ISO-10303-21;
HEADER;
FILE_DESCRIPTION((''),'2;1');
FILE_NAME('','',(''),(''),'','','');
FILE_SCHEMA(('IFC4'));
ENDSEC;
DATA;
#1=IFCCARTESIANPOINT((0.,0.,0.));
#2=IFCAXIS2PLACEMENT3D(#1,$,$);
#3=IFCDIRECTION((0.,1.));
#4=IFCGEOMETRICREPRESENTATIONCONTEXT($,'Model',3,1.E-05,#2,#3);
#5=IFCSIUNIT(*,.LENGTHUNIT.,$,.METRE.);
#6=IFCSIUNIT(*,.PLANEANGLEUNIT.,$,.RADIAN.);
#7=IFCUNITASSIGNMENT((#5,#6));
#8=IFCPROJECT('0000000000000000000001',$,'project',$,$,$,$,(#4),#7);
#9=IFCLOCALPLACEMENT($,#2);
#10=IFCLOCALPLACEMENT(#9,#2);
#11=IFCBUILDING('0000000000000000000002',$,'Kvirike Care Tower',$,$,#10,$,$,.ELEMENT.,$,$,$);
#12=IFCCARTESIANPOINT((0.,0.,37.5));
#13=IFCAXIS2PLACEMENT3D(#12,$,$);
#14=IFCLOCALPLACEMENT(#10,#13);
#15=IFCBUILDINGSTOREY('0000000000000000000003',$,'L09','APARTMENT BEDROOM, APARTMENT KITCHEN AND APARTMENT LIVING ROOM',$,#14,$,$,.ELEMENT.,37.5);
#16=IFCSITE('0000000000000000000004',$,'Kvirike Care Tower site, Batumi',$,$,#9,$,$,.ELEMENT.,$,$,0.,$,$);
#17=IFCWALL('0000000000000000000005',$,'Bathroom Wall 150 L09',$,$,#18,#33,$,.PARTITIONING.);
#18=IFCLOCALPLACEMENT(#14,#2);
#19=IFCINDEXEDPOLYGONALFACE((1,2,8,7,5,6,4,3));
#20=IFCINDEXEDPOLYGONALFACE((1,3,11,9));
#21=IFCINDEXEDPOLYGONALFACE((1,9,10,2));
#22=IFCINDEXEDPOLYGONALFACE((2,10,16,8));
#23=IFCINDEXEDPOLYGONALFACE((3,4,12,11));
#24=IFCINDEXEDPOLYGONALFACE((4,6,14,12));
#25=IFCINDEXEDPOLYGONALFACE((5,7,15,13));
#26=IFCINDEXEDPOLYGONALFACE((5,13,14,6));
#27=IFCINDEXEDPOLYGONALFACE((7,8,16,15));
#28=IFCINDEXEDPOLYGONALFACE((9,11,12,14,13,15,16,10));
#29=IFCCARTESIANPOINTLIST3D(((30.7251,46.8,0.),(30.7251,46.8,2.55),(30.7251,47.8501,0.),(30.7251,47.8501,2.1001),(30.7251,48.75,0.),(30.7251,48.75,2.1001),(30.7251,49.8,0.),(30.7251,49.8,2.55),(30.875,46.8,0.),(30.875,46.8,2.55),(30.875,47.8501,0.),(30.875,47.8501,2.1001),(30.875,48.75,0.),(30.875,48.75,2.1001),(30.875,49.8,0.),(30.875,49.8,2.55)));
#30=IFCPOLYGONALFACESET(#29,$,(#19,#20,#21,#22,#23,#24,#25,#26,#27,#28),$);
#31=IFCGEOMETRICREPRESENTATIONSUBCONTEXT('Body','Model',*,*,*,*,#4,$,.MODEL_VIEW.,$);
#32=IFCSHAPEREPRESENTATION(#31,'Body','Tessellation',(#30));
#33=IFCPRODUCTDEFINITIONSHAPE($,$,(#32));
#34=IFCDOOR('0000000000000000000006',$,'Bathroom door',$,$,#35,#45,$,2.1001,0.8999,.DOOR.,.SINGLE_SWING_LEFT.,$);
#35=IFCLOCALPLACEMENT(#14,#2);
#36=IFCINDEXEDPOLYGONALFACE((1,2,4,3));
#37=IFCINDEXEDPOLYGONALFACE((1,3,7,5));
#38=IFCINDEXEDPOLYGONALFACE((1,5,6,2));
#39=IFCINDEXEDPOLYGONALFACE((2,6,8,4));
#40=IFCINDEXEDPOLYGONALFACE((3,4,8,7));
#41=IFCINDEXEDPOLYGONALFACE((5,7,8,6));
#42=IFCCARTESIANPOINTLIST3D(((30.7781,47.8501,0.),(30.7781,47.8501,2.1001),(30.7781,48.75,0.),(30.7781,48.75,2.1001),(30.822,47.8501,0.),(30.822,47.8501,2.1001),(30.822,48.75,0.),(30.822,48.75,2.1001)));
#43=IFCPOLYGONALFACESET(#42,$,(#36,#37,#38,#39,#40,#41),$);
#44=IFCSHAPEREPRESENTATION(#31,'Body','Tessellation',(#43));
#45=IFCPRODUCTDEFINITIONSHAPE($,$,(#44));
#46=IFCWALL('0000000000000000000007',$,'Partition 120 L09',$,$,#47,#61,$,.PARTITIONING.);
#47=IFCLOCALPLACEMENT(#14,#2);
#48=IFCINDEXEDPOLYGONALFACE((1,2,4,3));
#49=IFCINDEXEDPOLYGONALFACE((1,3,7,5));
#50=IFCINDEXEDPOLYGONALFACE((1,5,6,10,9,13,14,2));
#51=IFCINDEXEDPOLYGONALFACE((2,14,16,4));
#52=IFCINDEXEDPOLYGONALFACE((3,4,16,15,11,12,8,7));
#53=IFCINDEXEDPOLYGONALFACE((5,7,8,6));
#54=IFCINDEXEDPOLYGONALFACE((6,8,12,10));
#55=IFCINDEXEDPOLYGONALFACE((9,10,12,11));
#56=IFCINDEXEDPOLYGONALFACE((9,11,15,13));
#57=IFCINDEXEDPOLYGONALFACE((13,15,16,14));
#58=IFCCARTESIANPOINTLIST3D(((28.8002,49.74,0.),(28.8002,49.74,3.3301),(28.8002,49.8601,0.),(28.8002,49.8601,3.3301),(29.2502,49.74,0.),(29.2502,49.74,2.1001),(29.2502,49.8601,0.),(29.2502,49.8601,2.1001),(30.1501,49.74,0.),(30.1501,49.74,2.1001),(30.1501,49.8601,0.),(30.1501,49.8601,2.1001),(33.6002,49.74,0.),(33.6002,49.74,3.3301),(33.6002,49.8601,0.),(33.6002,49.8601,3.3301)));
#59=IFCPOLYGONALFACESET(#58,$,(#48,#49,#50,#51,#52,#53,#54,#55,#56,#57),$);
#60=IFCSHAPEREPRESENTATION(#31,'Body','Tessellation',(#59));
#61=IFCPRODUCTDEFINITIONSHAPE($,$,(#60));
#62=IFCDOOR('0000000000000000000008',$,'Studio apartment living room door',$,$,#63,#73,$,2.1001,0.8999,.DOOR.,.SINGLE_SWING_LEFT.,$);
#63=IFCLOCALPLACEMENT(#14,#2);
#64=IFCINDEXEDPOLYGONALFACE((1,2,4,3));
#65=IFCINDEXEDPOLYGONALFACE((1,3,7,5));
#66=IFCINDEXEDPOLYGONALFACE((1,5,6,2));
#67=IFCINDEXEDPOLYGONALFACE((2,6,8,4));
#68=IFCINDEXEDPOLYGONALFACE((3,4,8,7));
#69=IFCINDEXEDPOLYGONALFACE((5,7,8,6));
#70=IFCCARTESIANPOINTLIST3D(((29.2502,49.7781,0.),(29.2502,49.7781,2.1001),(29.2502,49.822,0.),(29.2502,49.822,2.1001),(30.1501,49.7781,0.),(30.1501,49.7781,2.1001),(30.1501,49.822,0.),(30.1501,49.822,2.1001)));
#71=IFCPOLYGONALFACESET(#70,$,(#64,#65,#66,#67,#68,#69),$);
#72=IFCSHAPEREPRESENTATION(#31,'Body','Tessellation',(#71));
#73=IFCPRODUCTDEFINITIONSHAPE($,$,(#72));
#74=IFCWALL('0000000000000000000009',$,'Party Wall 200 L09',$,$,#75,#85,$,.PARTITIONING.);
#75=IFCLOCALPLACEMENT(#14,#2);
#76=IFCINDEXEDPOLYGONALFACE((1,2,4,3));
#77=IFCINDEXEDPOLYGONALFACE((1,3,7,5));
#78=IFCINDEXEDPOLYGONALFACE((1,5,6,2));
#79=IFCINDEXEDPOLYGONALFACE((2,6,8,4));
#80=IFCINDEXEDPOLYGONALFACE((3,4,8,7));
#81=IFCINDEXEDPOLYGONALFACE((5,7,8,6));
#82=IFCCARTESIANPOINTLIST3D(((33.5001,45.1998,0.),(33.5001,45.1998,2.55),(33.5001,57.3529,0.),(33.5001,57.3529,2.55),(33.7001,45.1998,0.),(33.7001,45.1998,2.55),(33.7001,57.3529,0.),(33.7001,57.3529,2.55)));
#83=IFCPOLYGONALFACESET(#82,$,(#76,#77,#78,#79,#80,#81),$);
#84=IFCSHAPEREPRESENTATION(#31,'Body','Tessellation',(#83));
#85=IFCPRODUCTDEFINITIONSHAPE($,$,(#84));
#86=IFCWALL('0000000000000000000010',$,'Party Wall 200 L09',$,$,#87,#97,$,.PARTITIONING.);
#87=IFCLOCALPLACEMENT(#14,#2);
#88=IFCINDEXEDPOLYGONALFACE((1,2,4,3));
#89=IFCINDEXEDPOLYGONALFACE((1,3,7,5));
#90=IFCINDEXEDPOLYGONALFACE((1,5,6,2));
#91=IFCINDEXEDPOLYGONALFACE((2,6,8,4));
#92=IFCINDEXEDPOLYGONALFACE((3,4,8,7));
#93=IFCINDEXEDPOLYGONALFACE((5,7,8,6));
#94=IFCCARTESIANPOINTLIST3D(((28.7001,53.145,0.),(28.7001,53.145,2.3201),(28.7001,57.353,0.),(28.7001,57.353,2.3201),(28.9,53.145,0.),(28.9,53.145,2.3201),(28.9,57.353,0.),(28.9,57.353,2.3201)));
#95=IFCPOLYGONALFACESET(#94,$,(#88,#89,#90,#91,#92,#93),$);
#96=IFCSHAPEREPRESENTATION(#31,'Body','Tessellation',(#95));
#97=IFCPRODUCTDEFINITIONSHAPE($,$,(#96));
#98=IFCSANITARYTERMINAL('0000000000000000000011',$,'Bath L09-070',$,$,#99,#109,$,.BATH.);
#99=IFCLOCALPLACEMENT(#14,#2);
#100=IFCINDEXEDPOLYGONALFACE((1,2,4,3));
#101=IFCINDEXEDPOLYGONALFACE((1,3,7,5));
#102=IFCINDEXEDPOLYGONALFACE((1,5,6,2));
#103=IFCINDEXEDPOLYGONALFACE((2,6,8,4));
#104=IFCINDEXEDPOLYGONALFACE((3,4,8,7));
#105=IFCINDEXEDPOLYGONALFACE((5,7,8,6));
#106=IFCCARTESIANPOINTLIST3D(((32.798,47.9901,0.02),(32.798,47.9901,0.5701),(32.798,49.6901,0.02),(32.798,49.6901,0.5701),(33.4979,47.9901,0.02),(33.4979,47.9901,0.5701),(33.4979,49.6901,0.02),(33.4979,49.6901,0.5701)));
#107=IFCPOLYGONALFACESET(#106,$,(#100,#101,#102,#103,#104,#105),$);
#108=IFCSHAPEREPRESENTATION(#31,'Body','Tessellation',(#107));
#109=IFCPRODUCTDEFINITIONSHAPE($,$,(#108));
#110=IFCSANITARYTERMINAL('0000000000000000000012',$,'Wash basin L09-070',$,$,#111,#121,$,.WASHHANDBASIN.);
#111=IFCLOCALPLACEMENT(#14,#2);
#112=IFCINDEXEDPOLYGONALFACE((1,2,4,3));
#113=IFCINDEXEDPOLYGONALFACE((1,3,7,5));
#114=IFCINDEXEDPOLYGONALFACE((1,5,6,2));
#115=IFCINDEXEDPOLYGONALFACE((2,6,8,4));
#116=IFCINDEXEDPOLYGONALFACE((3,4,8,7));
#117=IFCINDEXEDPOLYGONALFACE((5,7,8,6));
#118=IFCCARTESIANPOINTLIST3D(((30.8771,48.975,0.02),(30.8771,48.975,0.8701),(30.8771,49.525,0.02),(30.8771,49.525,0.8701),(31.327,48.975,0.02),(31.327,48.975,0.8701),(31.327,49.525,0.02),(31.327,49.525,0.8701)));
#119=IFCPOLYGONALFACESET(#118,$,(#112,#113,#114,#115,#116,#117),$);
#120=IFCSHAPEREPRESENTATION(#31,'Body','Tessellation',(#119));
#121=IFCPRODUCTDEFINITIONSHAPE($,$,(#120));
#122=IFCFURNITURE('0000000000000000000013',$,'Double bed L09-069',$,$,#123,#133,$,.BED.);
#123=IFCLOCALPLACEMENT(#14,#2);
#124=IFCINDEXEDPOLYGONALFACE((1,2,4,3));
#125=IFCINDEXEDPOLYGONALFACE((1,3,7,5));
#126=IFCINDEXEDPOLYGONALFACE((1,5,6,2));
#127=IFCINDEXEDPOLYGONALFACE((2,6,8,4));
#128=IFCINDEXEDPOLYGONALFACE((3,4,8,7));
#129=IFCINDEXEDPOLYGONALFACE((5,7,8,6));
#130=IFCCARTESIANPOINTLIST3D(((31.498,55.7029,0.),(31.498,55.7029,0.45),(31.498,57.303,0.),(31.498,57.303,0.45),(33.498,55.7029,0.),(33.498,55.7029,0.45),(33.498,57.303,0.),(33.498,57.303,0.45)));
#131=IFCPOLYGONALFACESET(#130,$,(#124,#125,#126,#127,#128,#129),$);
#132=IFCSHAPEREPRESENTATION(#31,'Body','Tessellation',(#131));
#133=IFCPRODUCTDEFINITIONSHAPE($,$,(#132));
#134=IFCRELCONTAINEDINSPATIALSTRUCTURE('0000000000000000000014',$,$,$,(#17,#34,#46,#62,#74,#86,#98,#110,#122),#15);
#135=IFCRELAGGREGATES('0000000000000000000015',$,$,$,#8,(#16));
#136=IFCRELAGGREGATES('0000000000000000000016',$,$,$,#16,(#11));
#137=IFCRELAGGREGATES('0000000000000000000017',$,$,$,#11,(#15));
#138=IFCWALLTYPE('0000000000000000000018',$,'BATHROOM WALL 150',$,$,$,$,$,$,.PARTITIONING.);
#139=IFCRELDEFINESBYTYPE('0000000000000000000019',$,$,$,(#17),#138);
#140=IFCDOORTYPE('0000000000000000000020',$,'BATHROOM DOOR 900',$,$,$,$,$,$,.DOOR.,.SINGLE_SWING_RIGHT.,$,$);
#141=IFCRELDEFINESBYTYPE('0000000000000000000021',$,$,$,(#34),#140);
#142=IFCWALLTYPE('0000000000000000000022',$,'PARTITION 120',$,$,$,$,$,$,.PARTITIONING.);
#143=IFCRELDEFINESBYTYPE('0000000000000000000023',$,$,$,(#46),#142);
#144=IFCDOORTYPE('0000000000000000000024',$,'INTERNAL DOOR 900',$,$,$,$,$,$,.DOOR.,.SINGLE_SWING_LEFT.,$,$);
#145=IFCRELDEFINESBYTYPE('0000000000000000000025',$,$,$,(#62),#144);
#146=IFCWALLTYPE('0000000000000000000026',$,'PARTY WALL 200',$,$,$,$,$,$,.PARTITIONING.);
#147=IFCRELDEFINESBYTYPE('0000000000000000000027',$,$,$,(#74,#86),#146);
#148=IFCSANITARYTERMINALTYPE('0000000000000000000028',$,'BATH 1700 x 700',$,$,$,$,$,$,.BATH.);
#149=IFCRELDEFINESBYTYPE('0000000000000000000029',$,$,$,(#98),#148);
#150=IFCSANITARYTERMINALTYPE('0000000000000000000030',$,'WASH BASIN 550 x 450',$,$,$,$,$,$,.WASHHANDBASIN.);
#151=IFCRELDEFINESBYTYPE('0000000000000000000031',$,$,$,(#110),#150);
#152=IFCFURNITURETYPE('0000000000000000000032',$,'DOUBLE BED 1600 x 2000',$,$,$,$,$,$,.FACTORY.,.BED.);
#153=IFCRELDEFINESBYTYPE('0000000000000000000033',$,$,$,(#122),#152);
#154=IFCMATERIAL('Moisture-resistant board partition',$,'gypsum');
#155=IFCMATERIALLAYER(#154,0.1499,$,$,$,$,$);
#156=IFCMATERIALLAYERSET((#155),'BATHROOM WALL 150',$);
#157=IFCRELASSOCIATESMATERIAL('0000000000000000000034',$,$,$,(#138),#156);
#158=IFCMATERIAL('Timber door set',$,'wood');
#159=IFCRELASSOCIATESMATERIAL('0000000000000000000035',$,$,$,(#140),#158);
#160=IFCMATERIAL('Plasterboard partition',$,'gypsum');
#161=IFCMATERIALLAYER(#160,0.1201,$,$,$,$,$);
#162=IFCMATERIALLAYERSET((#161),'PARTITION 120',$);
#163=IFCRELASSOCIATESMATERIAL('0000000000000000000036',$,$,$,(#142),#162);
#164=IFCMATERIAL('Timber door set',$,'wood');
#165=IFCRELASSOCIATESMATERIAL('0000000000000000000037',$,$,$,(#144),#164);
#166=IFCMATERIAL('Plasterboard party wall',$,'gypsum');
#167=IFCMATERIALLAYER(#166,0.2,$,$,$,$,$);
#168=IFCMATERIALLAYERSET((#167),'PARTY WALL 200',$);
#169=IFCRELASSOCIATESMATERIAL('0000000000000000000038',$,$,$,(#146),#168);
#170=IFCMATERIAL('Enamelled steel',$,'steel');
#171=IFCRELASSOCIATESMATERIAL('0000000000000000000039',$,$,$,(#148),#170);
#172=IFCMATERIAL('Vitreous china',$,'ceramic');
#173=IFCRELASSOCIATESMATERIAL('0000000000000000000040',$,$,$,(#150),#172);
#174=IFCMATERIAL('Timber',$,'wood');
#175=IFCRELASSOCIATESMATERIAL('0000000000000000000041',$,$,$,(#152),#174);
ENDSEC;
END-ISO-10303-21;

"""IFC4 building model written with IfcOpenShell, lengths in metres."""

from ifc_helpers import new_model, si_unit, direction, frame, frame_2d, origin, origin_2d, place, context, subcontext, project, spatial, rectangle, extrude, material, layer, layer_set, type_object, element, fill, save


model = new_model("IFC4")

# Units and contexts
model_context = context("Model", 3, precision=1e-05, world=origin(), true_north=direction((0.0, 1.0)))
body_context = subcontext(model_context, "Body", "Model", "MODEL_VIEW")
ifc_project = project(units=[si_unit("LENGTHUNIT", "METRE"), si_unit("PLANEANGLEUNIT", "RADIAN")], contexts=[model_context])

# Site, building, storey
site_placement = place(None, origin())
site = spatial("IfcSite", under=ifc_project, at=site_placement, Name="Kvirike Care Tower site, Batumi", CompositionType="ELEMENT", RefElevation=0.0)
building_placement = place(site_placement, origin())
building = spatial("IfcBuilding", under=site, at=building_placement, Name="Kvirike Care Tower", CompositionType="ELEMENT")
storey_placement = place(building_placement, frame((0.0, 0.0, 37.5)))
storey = spatial("IfcBuildingStorey", under=building, at=storey_placement, Name="L09", Description="APARTMENT BEDROOM, APARTMENT KITCHEN AND APARTMENT LIVING ROOM", CompositionType="ELEMENT", Elevation=37.5)

# Walls, openings, doors
ifc_material_1 = material(Name="Moisture-resistant board partition", Category="gypsum")
ifc_layer_1 = layer(ifc_material_1, 0.1499)
ifc_layer_set_1 = layer_set([ifc_layer_1], Name="BATHROOM WALL 150")
wall_type_1 = type_object("IfcWallType", Name="BATHROOM WALL 150", PredefinedType="PARTITIONING", material=ifc_layer_set_1)
wall_1_placement = place(storey_placement, frame((30.8, 49.8, 0.0), z_axis=(0.0, 0.0, 1.0), x_axis=(0.0, -1.0, 0.0)))
wall_1 = element("IfcWall", 1, at=wall_1_placement, inside=storey, type_object=wall_type_1, Name="Bathroom Wall 150 L09", PredefinedType="PARTITIONING", context=body_context, shape_type="SweptSolid", body=[
    extrude(rectangle(XDim=3.0, YDim=0.1499, at=frame_2d((1.5, 0.0))), origin(), (0.0, 0.0, 1.0), 2.55),
])
opening_1_placement = place(wall_1_placement, frame((1.05, 0.0, 0.0)))
opening_1 = element("IfcOpeningElement", 2, at=opening_1_placement, cuts=wall_1, PredefinedType="OPENING", context=body_context, shape_type="SweptSolid", body=[
    extrude(rectangle(XDim=0.8999, YDim=2.1001, at=frame_2d((0.45, 1.05))), frame((0.0, 0.0854, 0.0), z_axis=(0.0, -1.0, 0.0), x_axis=(1.0, 0.0, 0.0)), (0.0, 0.0, 1.0), 0.1709),
])
ifc_material_2 = material(Name="Timber door set", Category="wood")
door_type_1 = type_object("IfcDoorType", Name="BATHROOM DOOR 900", OperationType="SINGLE_SWING_RIGHT", PredefinedType="DOOR", material=ifc_material_2)
door_1_placement = place(opening_1_placement, origin())
door_1 = element("IfcDoor", 3, at=door_1_placement, inside=storey, type_object=door_type_1, Name="Bathroom door", OperationType="SINGLE_SWING_LEFT", OverallHeight=2.1001, OverallWidth=0.8999, PredefinedType="DOOR", context=body_context, shape_type="SweptSolid", body=[
    extrude(rectangle(XDim=0.8999, YDim=2.1001, at=frame_2d((0.45, 1.05))), frame((0.0, 0.022, 0.0), z_axis=(0.0, -1.0, 0.0), x_axis=(1.0, 0.0, 0.0)), (0.0, 0.0, 1.0), 0.0439),
])
fill(opening_1, door_1)
ifc_material_3 = material(Name="Plasterboard partition", Category="gypsum")
ifc_layer_2 = layer(ifc_material_3, 0.1201)
ifc_layer_set_2 = layer_set([ifc_layer_2], Name="PARTITION 120")
wall_type_2 = type_object("IfcWallType", Name="PARTITION 120", PredefinedType="PARTITIONING", material=ifc_layer_set_2)
wall_2_placement = place(storey_placement, frame((33.6001, 49.8, 0.0), z_axis=(0.0, 0.0, 1.0), x_axis=(-1.0, 0.0, 0.0)))
wall_2 = element("IfcWall", 4, at=wall_2_placement, inside=storey, type_object=wall_type_2, Name="Partition 120 L09", PredefinedType="PARTITIONING", context=body_context, shape_type="SweptSolid", body=[
    extrude(rectangle(XDim=4.8, YDim=0.1201, at=frame_2d((2.3999, 0.0))), origin(), (0.0, 0.0, 1.0), 3.3301),
])
opening_2_placement = place(wall_2_placement, frame((3.45, 0.0, 0.0)))
opening_2 = element("IfcOpeningElement", 5, at=opening_2_placement, cuts=wall_2, PredefinedType="OPENING", context=body_context, shape_type="SweptSolid", body=[
    extrude(rectangle(XDim=0.8999, YDim=2.1001, at=frame_2d((0.45, 1.05))), frame((0.0, 0.0706, 0.0), z_axis=(0.0, -1.0, 0.0), x_axis=(1.0, 0.0, 0.0)), (0.0, 0.0, 1.0), 0.1411),
])
ifc_material_4 = material(Name="Timber door set", Category="wood")
door_type_2 = type_object("IfcDoorType", Name="INTERNAL DOOR 900", OperationType="SINGLE_SWING_LEFT", PredefinedType="DOOR", material=ifc_material_4)
door_2_placement = place(opening_2_placement, origin())
door_2 = element("IfcDoor", 6, at=door_2_placement, inside=storey, type_object=door_type_2, Name="Studio apartment living room door", OperationType="SINGLE_SWING_LEFT", OverallHeight=2.1001, OverallWidth=0.8999, PredefinedType="DOOR", context=body_context, shape_type="SweptSolid", body=[
    extrude(rectangle(XDim=0.8999, YDim=2.1001, at=frame_2d((0.45, 1.05))), frame((0.0, 0.022, 0.0), z_axis=(0.0, -1.0, 0.0), x_axis=(1.0, 0.0, 0.0)), (0.0, 0.0, 1.0), 0.0439),
])
fill(opening_2, door_2)

# Walls
ifc_material_5 = material(Name="Plasterboard party wall", Category="gypsum")
ifc_layer_3 = layer(ifc_material_5, 0.2)
ifc_layer_set_3 = layer_set([ifc_layer_3], Name="PARTY WALL 200")
wall_type_3 = type_object("IfcWallType", Name="PARTY WALL 200", PredefinedType="PARTITIONING", material=ifc_layer_set_3)
wall_3_placement = place(storey_placement, frame((33.6001, 57.353, 0.0), z_axis=(0.0, 0.0, 1.0), x_axis=(0.0, -1.0, 0.0)))
element("IfcWall", 7, at=wall_3_placement, inside=storey, type_object=wall_type_3, Name="Party Wall 200 L09", PredefinedType="PARTITIONING", context=body_context, shape_type="SweptSolid", body=[
    extrude(rectangle(XDim=12.1531, YDim=0.2, at=frame_2d((6.0767, 0.0))), origin(), (0.0, 0.0, 1.0), 2.55),
])
wall_4_placement = place(storey_placement, frame((28.8, 53.145, 0.0), z_axis=(0.0, 0.0, 1.0), x_axis=(0.0, 1.0, 0.0)))
element("IfcWall", 8, at=wall_4_placement, inside=storey, type_object=wall_type_3, Name="Party Wall 200 L09", PredefinedType="PARTITIONING", context=body_context, shape_type="SweptSolid", body=[
    extrude(rectangle(XDim=4.208, YDim=0.2, at=frame_2d((2.104, 0.0))), origin(), (0.0, 0.0, 1.0), 2.3201),
])

# Sanitary terminals
ifc_material_6 = material(Name="Enamelled steel", Category="steel")
sanitary_terminal_type_1 = type_object("IfcSanitaryTerminalType", Name="BATH 1700 x 700", PredefinedType="BATH", material=ifc_material_6)
sanitary_terminal_1_placement = place(storey_placement, frame((33.1479, 48.8401, 0.02), z_axis=(0.0, 0.0, 1.0), x_axis=(0.0, -1.0, 0.0)))
element("IfcSanitaryTerminal", 9, at=sanitary_terminal_1_placement, inside=storey, type_object=sanitary_terminal_type_1, Name="Bath L09-070", PredefinedType="BATH", context=body_context, shape_type="SweptSolid", body=[
    extrude(rectangle(XDim=1.7, YDim=0.7, at=origin_2d()), origin(), (0.0, 0.0, 1.0), 0.55),
])
ifc_material_7 = material(Name="Vitreous china", Category="ceramic")
sanitary_terminal_type_2 = type_object("IfcSanitaryTerminalType", Name="WASH BASIN 550 x 450", PredefinedType="WASHHANDBASIN", material=ifc_material_7)
sanitary_terminal_2_placement = place(storey_placement, frame((31.1021, 49.25, 0.02), z_axis=(0.0, 0.0, 1.0), x_axis=(0.0, 1.0, 0.0)))
element("IfcSanitaryTerminal", 10, at=sanitary_terminal_2_placement, inside=storey, type_object=sanitary_terminal_type_2, Name="Wash basin L09-070", PredefinedType="WASHHANDBASIN", context=body_context, shape_type="SweptSolid", body=[
    extrude(rectangle(XDim=0.55, YDim=0.45, at=origin_2d()), origin(), (0.0, 0.0, 1.0), 0.8501),
])

# Furniture
ifc_material_8 = material(Name="Timber", Category="wood")
furniture_type = type_object("IfcFurnitureType", Name="DOUBLE BED 1600 x 2000", AssemblyPlace="FACTORY", PredefinedType="BED", material=ifc_material_8)
furniture_placement = place(storey_placement, frame((32.498, 56.5029, 0.0), z_axis=(0.0, 0.0, 1.0), x_axis=(0.0, -1.0, 0.0)))
element("IfcFurniture", 11, at=furniture_placement, inside=storey, type_object=furniture_type, Name="Double bed L09-069", PredefinedType="BED", context=body_context, shape_type="SweptSolid", body=[
    extrude(rectangle(XDim=1.6001, YDim=2.0, at=origin_2d()), origin(), (0.0, 0.0, 1.0), 0.45),
])

save(model, "model.ifc")
